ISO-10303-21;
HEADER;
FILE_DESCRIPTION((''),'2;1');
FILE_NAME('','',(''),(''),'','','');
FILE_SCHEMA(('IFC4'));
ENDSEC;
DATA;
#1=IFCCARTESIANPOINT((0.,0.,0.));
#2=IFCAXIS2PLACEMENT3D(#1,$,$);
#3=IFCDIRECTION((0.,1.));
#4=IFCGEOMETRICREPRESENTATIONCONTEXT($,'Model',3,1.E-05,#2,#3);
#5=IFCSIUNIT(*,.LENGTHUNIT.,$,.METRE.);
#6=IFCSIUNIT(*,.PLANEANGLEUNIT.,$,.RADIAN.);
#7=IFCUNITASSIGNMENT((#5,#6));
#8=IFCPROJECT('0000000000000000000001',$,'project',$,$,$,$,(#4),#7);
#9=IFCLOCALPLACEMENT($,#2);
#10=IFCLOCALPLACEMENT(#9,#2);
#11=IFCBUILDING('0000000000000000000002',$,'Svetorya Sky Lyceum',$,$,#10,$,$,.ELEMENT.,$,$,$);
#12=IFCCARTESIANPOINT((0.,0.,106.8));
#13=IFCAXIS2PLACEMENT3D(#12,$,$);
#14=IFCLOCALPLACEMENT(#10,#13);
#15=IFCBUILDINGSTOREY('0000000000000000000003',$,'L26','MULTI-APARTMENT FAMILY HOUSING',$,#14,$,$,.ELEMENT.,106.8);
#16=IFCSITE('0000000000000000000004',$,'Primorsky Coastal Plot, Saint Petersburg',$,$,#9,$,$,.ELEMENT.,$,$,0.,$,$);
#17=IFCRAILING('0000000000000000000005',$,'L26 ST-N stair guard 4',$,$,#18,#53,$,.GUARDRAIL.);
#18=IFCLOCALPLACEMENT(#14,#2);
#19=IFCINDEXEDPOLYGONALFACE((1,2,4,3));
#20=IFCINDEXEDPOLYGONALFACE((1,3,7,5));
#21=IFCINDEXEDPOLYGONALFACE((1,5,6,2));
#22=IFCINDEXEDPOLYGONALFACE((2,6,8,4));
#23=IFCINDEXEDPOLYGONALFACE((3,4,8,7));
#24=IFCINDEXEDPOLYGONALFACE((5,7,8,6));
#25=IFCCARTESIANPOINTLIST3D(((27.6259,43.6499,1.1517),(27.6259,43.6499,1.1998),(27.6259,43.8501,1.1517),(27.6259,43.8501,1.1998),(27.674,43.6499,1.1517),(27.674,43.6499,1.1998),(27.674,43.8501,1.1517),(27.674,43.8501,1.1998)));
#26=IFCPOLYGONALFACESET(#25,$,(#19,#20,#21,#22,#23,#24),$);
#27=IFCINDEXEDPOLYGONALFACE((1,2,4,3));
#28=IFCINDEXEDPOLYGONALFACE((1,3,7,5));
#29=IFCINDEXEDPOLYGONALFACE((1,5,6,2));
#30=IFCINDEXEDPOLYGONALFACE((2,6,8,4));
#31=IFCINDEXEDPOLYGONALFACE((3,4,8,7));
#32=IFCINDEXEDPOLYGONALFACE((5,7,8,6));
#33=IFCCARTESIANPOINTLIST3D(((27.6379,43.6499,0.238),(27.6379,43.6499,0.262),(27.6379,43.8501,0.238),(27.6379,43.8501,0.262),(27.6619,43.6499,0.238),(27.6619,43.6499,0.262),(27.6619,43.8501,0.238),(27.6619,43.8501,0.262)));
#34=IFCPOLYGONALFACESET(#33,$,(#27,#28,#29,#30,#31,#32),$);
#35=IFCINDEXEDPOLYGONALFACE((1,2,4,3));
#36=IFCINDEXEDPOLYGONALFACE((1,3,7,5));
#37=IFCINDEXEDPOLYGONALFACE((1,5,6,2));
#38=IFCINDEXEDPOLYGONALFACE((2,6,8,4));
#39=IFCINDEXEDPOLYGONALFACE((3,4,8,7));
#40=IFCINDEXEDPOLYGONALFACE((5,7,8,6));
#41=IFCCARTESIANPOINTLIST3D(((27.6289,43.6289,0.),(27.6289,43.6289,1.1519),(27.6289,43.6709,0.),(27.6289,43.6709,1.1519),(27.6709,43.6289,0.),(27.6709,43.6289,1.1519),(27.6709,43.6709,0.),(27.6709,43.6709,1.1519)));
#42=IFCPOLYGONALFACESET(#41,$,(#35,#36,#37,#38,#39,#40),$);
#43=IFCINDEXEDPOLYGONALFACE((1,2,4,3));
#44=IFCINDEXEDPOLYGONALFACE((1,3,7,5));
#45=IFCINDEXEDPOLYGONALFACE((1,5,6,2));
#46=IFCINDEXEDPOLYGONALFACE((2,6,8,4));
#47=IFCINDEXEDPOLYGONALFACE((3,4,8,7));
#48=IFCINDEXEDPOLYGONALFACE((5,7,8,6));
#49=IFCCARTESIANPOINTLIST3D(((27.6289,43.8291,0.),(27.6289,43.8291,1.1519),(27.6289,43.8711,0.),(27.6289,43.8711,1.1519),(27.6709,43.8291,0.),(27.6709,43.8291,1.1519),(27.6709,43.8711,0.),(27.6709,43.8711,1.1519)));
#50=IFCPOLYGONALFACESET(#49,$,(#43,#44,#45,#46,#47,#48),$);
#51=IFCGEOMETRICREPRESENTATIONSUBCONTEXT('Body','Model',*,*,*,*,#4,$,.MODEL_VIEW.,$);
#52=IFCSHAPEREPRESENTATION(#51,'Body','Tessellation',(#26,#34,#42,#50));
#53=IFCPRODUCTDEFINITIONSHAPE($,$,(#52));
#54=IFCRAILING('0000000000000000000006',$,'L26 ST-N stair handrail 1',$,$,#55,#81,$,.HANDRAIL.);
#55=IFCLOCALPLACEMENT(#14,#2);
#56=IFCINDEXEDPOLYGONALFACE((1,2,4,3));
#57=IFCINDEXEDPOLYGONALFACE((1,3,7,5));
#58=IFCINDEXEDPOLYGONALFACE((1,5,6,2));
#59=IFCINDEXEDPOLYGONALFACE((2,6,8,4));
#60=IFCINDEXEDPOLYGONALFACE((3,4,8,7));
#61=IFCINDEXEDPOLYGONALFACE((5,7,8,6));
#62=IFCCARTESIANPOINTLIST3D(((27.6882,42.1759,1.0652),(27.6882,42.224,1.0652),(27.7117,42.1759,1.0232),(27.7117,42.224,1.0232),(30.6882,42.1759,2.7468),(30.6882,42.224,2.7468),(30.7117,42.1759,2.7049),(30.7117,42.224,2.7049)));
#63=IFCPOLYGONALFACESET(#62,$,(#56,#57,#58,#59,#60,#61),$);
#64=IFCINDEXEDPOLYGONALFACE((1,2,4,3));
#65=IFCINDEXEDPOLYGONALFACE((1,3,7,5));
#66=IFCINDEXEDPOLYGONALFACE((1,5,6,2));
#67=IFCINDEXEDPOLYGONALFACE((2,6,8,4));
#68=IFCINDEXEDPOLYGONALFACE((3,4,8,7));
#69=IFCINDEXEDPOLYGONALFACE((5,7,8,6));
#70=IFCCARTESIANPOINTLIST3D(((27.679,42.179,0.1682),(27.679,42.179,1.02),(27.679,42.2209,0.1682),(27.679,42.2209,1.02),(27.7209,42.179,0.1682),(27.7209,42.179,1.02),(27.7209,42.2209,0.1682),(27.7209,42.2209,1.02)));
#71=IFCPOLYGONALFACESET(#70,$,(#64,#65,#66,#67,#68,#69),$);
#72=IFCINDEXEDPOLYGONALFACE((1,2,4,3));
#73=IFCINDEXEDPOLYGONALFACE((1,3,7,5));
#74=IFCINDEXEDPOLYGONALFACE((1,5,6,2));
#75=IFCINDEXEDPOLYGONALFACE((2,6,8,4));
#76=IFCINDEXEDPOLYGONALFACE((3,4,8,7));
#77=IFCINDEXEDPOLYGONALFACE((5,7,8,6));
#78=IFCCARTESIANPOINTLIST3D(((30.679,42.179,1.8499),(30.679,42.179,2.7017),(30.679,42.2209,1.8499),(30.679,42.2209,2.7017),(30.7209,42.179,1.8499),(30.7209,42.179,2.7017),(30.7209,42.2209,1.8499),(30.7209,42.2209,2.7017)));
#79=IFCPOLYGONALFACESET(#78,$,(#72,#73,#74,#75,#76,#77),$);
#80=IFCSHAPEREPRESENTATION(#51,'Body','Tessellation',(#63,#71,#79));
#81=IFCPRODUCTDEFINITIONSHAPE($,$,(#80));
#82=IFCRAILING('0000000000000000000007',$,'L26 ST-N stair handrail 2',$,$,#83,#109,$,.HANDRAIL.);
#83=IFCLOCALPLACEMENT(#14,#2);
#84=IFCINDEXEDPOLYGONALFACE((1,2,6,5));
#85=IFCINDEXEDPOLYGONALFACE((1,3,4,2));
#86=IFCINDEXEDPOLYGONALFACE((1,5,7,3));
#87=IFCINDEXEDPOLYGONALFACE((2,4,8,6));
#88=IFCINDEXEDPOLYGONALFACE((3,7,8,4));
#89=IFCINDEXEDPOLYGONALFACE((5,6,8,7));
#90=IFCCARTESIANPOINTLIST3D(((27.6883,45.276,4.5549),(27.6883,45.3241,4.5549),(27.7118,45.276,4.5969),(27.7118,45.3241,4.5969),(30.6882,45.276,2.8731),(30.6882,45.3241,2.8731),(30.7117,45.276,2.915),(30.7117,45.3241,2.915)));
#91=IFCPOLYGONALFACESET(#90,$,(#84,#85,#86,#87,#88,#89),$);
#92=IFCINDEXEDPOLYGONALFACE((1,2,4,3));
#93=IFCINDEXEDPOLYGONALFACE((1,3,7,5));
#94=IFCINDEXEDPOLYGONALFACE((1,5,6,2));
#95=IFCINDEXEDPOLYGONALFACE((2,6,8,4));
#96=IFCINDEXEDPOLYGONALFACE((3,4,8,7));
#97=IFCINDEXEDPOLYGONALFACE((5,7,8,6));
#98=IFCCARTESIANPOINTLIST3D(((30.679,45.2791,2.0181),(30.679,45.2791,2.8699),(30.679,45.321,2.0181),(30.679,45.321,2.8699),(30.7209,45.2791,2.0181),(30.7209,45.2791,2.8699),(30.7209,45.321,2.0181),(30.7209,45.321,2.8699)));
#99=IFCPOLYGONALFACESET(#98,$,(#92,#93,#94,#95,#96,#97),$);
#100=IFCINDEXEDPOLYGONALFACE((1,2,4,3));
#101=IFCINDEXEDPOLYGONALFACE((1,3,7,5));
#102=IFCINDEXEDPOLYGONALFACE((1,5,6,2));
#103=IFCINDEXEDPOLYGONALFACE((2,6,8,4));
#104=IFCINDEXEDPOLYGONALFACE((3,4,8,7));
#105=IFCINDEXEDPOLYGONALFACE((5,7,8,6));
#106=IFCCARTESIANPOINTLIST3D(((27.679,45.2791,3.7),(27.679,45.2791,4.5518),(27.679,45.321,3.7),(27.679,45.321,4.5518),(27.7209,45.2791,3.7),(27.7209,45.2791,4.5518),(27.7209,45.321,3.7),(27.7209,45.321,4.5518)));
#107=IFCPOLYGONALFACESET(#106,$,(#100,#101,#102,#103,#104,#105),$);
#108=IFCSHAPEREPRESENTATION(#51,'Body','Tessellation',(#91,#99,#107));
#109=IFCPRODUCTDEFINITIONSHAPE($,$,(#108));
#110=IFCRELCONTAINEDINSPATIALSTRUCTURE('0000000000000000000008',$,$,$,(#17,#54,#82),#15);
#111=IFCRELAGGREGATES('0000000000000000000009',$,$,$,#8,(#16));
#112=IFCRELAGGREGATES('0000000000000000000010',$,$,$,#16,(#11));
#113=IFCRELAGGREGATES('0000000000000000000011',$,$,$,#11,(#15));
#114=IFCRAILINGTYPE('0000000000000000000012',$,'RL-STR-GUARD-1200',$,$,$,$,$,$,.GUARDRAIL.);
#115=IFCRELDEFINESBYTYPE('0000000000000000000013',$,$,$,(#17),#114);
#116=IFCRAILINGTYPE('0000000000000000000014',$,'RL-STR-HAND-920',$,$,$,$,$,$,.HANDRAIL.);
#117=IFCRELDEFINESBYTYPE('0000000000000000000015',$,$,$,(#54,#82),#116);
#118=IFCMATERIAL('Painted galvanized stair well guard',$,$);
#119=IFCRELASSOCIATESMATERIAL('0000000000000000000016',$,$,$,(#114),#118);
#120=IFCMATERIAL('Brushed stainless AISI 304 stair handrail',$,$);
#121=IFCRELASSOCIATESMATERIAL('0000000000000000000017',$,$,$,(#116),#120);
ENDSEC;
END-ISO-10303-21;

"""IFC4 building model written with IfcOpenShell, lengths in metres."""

from ifc_helpers import new_model, si_unit, direction, frame, origin, origin_2d, place, context, subcontext, project, spatial, rectangle, extrude, material, type_object, element, save


model = new_model("IFC4")

# Units and contexts
model_context = context("Model", 3, precision=1e-05, world=origin(), true_north=direction((0.0, 1.0)))
body_context = subcontext(model_context, "Body", "Model", "MODEL_VIEW")
ifc_project = project(units=[si_unit("LENGTHUNIT", "METRE"), si_unit("PLANEANGLEUNIT", "RADIAN")], contexts=[model_context])

# Site, building, storey
site_placement = place(None, origin())
site = spatial("IfcSite", under=ifc_project, at=site_placement, Name="Primorsky Coastal Plot, Saint Petersburg", CompositionType="ELEMENT", RefElevation=0.0)
building_placement = place(site_placement, origin())
building = spatial("IfcBuilding", under=site, at=building_placement, Name="Svetorya Sky Lyceum", CompositionType="ELEMENT")
storey_placement = place(building_placement, frame((0.0, 0.0, 106.8)))
storey = spatial("IfcBuildingStorey", under=building, at=storey_placement, Name="L26", Description="MULTI-APARTMENT FAMILY HOUSING", CompositionType="ELEMENT", Elevation=106.8)

# Railings
ifc_material_1 = material(Name="Painted galvanized stair well guard")
railing_type_1 = type_object("IfcRailingType", Name="RL-STR-GUARD-1200", PredefinedType="GUARDRAIL", material=ifc_material_1)
railing_1_placement = place(storey_placement, frame((27.6499, 43.6499, 0.0)))
element("IfcRailing", 1, at=railing_1_placement, inside=storey, type_object=railing_type_1, Name="L26 ST-N stair guard 4", PredefinedType="GUARDRAIL", context=body_context, shape_type="SweptSolid", body=[
    extrude(rectangle(XDim=0.0481, YDim=0.0481, at=origin_2d()), frame((0.0, 0.0, 1.1758), z_axis=(0.0, 1.0, 0.0), x_axis=(-1.0, 0.0, 0.0)), (0.0, 0.0, 1.0), 0.2002),
    extrude(rectangle(XDim=0.0239, YDim=0.0239, at=origin_2d()), frame((0.0, 0.0, 0.25), z_axis=(0.0, 1.0, 0.0), x_axis=(-1.0, 0.0, 0.0)), (0.0, 0.0, 1.0), 0.2002),
    extrude(rectangle(XDim=0.042, YDim=0.042, at=origin_2d()), origin(), (0.0, 0.0, 1.0), 1.1519),
    extrude(rectangle(XDim=0.042, YDim=0.042, at=origin_2d()), frame((0.0, 0.2002, 0.0)), (0.0, 0.0, 1.0), 1.1519),
])
ifc_material_2 = material(Name="Brushed stainless AISI 304 stair handrail")
railing_type_2 = type_object("IfcRailingType", Name="RL-STR-HAND-920", PredefinedType="HANDRAIL", material=ifc_material_2)
railing_2_placement = place(storey_placement, frame((27.7, 42.2, 0.1682)))
element("IfcRailing", 2, at=railing_2_placement, inside=storey, type_object=railing_type_2, Name="L26 ST-N stair handrail 1", PredefinedType="HANDRAIL", context=body_context, shape_type="SweptSolid", body=[
    extrude(rectangle(XDim=0.0481, YDim=0.0481, at=origin_2d()), frame((0.0, 0.0, 0.876), z_axis=(0.872303, 0.0, 0.488966), x_axis=(0.0, 1.0, 0.0)), (0.0, 0.0, 1.0), 3.4392),
    extrude(rectangle(XDim=0.042, YDim=0.042, at=origin_2d()), origin(), (0.0, 0.0, 1.0), 0.8518),
    extrude(rectangle(XDim=0.042, YDim=0.042, at=origin_2d()), frame((3.0, 0.0, 1.6816)), (0.0, 0.0, 1.0), 0.8518),
])
railing_3_placement = place(storey_placement, frame((30.7, 45.3, 2.0181)))
element("IfcRailing", 3, at=railing_3_placement, inside=storey, type_object=railing_type_2, Name="L26 ST-N stair handrail 2", PredefinedType="HANDRAIL", context=body_context, shape_type="SweptSolid", body=[
    extrude(rectangle(XDim=0.0481, YDim=0.0481, at=origin_2d()), frame((0.0, 0.0, 0.876), z_axis=(-0.872272, 0.0, 0.48902), x_axis=(0.0, -1.0, 0.0)), (0.0, 0.0, 1.0), 3.4392),
    extrude(rectangle(XDim=0.042, YDim=0.042, at=origin_2d()), origin(), (0.0, 0.0, 1.0), 0.8518),
    extrude(rectangle(XDim=0.042, YDim=0.042, at=origin_2d()), frame((-3.0, 0.0, 1.6819)), (0.0, 0.0, 1.0), 0.8518),
])

save(model, "model.ifc")
